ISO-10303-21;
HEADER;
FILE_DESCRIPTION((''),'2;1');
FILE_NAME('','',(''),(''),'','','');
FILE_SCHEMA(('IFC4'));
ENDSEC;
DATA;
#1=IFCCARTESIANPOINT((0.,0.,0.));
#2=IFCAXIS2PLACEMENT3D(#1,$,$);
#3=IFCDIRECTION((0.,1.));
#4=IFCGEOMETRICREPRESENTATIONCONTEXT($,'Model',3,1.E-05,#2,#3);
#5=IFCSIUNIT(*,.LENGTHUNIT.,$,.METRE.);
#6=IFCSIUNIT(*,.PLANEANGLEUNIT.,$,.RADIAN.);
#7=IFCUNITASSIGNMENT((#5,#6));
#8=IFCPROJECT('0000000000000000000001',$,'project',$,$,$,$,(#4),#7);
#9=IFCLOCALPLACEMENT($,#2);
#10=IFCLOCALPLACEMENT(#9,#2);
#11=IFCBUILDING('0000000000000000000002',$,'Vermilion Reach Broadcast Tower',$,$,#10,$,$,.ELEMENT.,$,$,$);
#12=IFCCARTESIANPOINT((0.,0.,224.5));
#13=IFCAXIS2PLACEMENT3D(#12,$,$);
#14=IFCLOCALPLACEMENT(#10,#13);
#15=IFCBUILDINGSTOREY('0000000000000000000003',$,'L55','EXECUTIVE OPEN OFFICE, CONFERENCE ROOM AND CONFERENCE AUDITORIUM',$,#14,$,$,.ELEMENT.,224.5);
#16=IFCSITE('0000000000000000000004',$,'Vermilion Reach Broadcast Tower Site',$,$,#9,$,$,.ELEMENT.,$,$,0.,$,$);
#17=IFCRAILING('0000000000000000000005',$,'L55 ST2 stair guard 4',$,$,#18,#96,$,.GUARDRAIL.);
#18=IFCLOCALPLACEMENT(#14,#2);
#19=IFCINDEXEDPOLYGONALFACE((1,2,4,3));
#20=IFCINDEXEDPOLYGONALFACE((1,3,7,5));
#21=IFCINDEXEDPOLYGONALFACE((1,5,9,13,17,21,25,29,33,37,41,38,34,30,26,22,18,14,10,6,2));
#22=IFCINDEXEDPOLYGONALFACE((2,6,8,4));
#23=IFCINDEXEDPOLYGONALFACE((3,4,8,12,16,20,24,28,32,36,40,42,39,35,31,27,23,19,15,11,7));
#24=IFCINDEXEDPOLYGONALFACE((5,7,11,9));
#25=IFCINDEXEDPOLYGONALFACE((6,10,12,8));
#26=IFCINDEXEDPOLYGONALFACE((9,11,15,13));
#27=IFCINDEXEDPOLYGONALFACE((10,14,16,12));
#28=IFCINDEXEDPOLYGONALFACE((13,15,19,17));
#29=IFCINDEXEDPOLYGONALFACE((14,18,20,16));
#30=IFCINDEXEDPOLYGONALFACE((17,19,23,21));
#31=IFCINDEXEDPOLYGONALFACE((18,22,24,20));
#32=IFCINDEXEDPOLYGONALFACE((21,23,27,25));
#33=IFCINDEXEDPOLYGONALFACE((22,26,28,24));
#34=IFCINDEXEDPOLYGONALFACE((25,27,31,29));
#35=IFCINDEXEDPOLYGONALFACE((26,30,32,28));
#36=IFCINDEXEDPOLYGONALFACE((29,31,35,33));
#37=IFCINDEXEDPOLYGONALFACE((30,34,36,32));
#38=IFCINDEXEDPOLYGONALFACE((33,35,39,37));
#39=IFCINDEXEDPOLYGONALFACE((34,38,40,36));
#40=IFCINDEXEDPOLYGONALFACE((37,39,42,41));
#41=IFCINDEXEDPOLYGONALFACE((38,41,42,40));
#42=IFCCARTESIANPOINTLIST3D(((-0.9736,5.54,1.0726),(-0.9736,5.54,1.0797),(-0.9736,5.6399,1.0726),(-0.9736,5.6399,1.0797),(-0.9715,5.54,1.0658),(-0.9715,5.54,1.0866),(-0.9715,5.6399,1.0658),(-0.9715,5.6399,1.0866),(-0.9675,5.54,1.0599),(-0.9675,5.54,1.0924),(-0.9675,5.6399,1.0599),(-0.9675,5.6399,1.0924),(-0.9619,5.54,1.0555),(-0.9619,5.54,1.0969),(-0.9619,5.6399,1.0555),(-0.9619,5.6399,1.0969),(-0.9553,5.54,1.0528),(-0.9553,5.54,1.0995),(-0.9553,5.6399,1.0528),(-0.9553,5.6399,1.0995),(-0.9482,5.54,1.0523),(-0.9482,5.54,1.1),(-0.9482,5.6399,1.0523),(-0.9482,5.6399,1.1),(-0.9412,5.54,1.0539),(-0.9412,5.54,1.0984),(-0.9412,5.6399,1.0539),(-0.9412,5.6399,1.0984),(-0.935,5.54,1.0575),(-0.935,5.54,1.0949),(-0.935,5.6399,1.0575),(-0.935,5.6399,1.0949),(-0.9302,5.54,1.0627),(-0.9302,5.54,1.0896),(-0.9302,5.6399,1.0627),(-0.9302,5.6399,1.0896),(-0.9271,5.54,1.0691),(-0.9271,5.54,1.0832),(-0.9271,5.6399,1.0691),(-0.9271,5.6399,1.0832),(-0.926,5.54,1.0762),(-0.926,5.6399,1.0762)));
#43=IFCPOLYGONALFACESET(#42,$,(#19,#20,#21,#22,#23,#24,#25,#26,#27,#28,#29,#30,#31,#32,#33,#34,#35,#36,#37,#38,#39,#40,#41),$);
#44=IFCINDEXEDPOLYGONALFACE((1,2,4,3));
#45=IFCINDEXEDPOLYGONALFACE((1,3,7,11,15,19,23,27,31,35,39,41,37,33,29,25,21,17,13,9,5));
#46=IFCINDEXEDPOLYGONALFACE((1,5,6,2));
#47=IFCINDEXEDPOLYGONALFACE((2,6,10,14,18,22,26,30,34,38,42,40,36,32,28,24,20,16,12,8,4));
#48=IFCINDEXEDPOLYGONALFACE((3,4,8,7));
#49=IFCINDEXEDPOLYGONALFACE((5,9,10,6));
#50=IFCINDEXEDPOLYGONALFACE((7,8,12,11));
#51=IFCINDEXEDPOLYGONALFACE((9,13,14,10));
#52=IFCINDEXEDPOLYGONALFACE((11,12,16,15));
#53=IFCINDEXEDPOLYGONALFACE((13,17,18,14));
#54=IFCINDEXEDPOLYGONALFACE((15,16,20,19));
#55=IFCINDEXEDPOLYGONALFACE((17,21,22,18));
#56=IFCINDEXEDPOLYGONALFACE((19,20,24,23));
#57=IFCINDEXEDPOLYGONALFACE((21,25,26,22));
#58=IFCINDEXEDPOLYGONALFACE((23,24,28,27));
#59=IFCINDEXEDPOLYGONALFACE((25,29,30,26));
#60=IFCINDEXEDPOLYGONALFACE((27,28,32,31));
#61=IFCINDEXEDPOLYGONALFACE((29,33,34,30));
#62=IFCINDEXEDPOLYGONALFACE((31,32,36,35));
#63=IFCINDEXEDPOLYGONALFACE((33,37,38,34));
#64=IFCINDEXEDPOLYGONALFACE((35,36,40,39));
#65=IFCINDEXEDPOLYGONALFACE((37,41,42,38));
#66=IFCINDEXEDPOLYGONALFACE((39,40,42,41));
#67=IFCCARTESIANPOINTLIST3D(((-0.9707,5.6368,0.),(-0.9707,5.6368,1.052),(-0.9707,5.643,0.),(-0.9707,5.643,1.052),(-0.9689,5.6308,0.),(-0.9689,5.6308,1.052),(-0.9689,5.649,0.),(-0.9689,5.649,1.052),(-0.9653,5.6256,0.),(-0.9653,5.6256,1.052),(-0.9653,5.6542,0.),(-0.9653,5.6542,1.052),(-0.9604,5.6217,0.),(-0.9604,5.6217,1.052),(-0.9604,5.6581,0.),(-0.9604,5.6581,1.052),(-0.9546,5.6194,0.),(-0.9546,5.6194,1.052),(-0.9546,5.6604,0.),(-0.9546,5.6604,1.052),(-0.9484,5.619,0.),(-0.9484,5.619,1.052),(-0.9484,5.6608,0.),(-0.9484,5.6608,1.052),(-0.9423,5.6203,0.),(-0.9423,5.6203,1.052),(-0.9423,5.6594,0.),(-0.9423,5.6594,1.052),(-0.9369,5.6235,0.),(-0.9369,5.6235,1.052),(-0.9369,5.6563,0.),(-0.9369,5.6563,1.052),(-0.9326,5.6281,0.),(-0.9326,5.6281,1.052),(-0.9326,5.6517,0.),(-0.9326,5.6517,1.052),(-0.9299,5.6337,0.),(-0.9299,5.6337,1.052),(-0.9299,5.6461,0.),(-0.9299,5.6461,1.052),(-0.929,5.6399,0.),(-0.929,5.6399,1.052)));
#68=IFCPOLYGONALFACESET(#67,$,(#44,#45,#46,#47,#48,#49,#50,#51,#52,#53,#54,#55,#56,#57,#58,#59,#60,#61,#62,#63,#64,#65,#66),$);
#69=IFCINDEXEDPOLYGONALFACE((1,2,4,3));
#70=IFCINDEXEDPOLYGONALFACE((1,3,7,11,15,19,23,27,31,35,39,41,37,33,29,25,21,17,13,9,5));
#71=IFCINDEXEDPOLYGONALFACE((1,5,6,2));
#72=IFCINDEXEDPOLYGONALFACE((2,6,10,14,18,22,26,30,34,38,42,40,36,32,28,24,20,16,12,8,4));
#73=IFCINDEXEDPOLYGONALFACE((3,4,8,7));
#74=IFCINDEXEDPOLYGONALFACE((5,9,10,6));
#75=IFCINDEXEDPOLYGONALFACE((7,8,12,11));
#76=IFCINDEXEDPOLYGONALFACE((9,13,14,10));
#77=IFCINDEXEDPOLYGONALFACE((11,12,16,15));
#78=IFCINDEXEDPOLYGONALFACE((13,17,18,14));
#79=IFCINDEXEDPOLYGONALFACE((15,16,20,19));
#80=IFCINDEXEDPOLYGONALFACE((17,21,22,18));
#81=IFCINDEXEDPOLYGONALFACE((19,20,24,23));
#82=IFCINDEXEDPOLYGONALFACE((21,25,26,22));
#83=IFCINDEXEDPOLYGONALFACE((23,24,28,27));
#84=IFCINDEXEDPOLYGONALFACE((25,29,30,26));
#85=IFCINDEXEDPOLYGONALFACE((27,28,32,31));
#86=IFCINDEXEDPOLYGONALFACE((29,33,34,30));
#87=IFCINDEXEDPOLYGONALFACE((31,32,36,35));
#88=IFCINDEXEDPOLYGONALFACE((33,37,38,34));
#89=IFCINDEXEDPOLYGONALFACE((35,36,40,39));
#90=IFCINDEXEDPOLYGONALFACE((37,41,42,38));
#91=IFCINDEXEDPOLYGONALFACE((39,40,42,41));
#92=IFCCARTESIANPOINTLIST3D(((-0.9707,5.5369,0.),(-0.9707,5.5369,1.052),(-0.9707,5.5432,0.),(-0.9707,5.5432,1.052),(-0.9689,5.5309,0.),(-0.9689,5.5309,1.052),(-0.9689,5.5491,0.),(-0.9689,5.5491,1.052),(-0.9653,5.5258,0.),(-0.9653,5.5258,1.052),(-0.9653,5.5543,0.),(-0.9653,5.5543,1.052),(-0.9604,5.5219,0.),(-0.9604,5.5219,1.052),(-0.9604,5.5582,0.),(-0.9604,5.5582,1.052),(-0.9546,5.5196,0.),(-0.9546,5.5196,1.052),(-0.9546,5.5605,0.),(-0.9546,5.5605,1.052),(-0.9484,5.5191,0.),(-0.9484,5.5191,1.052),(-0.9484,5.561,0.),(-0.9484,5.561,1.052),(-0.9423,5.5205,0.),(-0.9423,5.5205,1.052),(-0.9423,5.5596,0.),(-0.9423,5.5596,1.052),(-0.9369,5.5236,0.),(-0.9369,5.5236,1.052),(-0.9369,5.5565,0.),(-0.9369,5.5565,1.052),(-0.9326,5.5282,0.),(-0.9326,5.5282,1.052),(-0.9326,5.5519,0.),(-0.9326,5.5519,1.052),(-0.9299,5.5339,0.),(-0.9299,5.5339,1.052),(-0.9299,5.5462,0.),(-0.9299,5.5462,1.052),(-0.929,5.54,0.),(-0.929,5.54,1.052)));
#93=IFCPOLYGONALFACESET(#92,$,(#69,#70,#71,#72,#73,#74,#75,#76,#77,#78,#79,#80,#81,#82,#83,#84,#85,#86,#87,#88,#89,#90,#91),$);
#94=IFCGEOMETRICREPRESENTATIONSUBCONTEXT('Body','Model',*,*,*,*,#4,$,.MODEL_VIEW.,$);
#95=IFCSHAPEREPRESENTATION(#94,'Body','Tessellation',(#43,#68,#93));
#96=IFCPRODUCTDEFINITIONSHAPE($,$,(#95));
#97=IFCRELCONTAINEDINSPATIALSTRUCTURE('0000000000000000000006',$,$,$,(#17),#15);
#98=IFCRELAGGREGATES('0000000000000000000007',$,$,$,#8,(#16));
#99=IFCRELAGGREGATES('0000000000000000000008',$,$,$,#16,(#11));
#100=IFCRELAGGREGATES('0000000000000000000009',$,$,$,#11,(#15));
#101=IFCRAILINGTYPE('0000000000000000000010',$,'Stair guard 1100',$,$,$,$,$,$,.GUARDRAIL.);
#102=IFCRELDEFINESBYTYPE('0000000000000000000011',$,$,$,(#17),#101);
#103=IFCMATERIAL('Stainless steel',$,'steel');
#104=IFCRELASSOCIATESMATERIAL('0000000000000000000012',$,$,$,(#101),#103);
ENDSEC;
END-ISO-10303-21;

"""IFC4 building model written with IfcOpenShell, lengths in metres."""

from ifc_helpers import new_model, si_unit, direction, frame, origin, origin_2d, place, context, subcontext, project, spatial, circle, extrude, material, type_object, element, save


model = new_model("IFC4")

# Units and contexts
model_context = context("Model", 3, precision=1e-05, world=origin(), true_north=direction((0.0, 1.0)))
body_context = subcontext(model_context, "Body", "Model", "MODEL_VIEW")
ifc_project = project(units=[si_unit("LENGTHUNIT", "METRE"), si_unit("PLANEANGLEUNIT", "RADIAN")], contexts=[model_context])

# Site, building, storey
site_placement = place(None, origin())
site = spatial("IfcSite", under=ifc_project, at=site_placement, Name="Vermilion Reach Broadcast Tower Site", CompositionType="ELEMENT", RefElevation=0.0)
building_placement = place(site_placement, origin())
building = spatial("IfcBuilding", under=site, at=building_placement, Name="Vermilion Reach Broadcast Tower", CompositionType="ELEMENT")
storey_placement = place(building_placement, frame((0.0, 0.0, 224.5)))
storey = spatial("IfcBuildingStorey", under=building, at=storey_placement, Name="L55", Description="EXECUTIVE OPEN OFFICE, CONFERENCE ROOM AND CONFERENCE AUDITORIUM", CompositionType="ELEMENT", Elevation=224.5)

# Railing
ifc_material_1 = material(Name="Stainless steel", Category="steel")
railing_type_1 = type_object("IfcRailingType", Name="Stair guard 1100", PredefinedType="GUARDRAIL", material=ifc_material_1)
railing_1_placement = place(storey_placement, frame((-0.95, 5.6399, 0.0)))
element("IfcRailing", 1, at=railing_1_placement, inside=storey, type_object=railing_type_1, Name="L55 ST2 stair guard 4", PredefinedType="GUARDRAIL", context=body_context, shape_type="SweptSolid", body=[
    extrude(circle(Radius=0.0239, at=origin_2d()), frame((0.0, 0.0, 1.0762), z_axis=(0.0, -1.0, 0.0), x_axis=(1.0, 0.0, 0.0)), (0.0, 0.0, 1.0), 0.0999),
    extrude(circle(Radius=0.021, at=origin_2d()), origin(), (0.0, 0.0, 1.0), 1.052),
    extrude(circle(Radius=0.021, at=origin_2d()), frame((0.0, -0.0999, 0.0)), (0.0, 0.0, 1.0), 1.052),
])

save(model, "model.ifc")
